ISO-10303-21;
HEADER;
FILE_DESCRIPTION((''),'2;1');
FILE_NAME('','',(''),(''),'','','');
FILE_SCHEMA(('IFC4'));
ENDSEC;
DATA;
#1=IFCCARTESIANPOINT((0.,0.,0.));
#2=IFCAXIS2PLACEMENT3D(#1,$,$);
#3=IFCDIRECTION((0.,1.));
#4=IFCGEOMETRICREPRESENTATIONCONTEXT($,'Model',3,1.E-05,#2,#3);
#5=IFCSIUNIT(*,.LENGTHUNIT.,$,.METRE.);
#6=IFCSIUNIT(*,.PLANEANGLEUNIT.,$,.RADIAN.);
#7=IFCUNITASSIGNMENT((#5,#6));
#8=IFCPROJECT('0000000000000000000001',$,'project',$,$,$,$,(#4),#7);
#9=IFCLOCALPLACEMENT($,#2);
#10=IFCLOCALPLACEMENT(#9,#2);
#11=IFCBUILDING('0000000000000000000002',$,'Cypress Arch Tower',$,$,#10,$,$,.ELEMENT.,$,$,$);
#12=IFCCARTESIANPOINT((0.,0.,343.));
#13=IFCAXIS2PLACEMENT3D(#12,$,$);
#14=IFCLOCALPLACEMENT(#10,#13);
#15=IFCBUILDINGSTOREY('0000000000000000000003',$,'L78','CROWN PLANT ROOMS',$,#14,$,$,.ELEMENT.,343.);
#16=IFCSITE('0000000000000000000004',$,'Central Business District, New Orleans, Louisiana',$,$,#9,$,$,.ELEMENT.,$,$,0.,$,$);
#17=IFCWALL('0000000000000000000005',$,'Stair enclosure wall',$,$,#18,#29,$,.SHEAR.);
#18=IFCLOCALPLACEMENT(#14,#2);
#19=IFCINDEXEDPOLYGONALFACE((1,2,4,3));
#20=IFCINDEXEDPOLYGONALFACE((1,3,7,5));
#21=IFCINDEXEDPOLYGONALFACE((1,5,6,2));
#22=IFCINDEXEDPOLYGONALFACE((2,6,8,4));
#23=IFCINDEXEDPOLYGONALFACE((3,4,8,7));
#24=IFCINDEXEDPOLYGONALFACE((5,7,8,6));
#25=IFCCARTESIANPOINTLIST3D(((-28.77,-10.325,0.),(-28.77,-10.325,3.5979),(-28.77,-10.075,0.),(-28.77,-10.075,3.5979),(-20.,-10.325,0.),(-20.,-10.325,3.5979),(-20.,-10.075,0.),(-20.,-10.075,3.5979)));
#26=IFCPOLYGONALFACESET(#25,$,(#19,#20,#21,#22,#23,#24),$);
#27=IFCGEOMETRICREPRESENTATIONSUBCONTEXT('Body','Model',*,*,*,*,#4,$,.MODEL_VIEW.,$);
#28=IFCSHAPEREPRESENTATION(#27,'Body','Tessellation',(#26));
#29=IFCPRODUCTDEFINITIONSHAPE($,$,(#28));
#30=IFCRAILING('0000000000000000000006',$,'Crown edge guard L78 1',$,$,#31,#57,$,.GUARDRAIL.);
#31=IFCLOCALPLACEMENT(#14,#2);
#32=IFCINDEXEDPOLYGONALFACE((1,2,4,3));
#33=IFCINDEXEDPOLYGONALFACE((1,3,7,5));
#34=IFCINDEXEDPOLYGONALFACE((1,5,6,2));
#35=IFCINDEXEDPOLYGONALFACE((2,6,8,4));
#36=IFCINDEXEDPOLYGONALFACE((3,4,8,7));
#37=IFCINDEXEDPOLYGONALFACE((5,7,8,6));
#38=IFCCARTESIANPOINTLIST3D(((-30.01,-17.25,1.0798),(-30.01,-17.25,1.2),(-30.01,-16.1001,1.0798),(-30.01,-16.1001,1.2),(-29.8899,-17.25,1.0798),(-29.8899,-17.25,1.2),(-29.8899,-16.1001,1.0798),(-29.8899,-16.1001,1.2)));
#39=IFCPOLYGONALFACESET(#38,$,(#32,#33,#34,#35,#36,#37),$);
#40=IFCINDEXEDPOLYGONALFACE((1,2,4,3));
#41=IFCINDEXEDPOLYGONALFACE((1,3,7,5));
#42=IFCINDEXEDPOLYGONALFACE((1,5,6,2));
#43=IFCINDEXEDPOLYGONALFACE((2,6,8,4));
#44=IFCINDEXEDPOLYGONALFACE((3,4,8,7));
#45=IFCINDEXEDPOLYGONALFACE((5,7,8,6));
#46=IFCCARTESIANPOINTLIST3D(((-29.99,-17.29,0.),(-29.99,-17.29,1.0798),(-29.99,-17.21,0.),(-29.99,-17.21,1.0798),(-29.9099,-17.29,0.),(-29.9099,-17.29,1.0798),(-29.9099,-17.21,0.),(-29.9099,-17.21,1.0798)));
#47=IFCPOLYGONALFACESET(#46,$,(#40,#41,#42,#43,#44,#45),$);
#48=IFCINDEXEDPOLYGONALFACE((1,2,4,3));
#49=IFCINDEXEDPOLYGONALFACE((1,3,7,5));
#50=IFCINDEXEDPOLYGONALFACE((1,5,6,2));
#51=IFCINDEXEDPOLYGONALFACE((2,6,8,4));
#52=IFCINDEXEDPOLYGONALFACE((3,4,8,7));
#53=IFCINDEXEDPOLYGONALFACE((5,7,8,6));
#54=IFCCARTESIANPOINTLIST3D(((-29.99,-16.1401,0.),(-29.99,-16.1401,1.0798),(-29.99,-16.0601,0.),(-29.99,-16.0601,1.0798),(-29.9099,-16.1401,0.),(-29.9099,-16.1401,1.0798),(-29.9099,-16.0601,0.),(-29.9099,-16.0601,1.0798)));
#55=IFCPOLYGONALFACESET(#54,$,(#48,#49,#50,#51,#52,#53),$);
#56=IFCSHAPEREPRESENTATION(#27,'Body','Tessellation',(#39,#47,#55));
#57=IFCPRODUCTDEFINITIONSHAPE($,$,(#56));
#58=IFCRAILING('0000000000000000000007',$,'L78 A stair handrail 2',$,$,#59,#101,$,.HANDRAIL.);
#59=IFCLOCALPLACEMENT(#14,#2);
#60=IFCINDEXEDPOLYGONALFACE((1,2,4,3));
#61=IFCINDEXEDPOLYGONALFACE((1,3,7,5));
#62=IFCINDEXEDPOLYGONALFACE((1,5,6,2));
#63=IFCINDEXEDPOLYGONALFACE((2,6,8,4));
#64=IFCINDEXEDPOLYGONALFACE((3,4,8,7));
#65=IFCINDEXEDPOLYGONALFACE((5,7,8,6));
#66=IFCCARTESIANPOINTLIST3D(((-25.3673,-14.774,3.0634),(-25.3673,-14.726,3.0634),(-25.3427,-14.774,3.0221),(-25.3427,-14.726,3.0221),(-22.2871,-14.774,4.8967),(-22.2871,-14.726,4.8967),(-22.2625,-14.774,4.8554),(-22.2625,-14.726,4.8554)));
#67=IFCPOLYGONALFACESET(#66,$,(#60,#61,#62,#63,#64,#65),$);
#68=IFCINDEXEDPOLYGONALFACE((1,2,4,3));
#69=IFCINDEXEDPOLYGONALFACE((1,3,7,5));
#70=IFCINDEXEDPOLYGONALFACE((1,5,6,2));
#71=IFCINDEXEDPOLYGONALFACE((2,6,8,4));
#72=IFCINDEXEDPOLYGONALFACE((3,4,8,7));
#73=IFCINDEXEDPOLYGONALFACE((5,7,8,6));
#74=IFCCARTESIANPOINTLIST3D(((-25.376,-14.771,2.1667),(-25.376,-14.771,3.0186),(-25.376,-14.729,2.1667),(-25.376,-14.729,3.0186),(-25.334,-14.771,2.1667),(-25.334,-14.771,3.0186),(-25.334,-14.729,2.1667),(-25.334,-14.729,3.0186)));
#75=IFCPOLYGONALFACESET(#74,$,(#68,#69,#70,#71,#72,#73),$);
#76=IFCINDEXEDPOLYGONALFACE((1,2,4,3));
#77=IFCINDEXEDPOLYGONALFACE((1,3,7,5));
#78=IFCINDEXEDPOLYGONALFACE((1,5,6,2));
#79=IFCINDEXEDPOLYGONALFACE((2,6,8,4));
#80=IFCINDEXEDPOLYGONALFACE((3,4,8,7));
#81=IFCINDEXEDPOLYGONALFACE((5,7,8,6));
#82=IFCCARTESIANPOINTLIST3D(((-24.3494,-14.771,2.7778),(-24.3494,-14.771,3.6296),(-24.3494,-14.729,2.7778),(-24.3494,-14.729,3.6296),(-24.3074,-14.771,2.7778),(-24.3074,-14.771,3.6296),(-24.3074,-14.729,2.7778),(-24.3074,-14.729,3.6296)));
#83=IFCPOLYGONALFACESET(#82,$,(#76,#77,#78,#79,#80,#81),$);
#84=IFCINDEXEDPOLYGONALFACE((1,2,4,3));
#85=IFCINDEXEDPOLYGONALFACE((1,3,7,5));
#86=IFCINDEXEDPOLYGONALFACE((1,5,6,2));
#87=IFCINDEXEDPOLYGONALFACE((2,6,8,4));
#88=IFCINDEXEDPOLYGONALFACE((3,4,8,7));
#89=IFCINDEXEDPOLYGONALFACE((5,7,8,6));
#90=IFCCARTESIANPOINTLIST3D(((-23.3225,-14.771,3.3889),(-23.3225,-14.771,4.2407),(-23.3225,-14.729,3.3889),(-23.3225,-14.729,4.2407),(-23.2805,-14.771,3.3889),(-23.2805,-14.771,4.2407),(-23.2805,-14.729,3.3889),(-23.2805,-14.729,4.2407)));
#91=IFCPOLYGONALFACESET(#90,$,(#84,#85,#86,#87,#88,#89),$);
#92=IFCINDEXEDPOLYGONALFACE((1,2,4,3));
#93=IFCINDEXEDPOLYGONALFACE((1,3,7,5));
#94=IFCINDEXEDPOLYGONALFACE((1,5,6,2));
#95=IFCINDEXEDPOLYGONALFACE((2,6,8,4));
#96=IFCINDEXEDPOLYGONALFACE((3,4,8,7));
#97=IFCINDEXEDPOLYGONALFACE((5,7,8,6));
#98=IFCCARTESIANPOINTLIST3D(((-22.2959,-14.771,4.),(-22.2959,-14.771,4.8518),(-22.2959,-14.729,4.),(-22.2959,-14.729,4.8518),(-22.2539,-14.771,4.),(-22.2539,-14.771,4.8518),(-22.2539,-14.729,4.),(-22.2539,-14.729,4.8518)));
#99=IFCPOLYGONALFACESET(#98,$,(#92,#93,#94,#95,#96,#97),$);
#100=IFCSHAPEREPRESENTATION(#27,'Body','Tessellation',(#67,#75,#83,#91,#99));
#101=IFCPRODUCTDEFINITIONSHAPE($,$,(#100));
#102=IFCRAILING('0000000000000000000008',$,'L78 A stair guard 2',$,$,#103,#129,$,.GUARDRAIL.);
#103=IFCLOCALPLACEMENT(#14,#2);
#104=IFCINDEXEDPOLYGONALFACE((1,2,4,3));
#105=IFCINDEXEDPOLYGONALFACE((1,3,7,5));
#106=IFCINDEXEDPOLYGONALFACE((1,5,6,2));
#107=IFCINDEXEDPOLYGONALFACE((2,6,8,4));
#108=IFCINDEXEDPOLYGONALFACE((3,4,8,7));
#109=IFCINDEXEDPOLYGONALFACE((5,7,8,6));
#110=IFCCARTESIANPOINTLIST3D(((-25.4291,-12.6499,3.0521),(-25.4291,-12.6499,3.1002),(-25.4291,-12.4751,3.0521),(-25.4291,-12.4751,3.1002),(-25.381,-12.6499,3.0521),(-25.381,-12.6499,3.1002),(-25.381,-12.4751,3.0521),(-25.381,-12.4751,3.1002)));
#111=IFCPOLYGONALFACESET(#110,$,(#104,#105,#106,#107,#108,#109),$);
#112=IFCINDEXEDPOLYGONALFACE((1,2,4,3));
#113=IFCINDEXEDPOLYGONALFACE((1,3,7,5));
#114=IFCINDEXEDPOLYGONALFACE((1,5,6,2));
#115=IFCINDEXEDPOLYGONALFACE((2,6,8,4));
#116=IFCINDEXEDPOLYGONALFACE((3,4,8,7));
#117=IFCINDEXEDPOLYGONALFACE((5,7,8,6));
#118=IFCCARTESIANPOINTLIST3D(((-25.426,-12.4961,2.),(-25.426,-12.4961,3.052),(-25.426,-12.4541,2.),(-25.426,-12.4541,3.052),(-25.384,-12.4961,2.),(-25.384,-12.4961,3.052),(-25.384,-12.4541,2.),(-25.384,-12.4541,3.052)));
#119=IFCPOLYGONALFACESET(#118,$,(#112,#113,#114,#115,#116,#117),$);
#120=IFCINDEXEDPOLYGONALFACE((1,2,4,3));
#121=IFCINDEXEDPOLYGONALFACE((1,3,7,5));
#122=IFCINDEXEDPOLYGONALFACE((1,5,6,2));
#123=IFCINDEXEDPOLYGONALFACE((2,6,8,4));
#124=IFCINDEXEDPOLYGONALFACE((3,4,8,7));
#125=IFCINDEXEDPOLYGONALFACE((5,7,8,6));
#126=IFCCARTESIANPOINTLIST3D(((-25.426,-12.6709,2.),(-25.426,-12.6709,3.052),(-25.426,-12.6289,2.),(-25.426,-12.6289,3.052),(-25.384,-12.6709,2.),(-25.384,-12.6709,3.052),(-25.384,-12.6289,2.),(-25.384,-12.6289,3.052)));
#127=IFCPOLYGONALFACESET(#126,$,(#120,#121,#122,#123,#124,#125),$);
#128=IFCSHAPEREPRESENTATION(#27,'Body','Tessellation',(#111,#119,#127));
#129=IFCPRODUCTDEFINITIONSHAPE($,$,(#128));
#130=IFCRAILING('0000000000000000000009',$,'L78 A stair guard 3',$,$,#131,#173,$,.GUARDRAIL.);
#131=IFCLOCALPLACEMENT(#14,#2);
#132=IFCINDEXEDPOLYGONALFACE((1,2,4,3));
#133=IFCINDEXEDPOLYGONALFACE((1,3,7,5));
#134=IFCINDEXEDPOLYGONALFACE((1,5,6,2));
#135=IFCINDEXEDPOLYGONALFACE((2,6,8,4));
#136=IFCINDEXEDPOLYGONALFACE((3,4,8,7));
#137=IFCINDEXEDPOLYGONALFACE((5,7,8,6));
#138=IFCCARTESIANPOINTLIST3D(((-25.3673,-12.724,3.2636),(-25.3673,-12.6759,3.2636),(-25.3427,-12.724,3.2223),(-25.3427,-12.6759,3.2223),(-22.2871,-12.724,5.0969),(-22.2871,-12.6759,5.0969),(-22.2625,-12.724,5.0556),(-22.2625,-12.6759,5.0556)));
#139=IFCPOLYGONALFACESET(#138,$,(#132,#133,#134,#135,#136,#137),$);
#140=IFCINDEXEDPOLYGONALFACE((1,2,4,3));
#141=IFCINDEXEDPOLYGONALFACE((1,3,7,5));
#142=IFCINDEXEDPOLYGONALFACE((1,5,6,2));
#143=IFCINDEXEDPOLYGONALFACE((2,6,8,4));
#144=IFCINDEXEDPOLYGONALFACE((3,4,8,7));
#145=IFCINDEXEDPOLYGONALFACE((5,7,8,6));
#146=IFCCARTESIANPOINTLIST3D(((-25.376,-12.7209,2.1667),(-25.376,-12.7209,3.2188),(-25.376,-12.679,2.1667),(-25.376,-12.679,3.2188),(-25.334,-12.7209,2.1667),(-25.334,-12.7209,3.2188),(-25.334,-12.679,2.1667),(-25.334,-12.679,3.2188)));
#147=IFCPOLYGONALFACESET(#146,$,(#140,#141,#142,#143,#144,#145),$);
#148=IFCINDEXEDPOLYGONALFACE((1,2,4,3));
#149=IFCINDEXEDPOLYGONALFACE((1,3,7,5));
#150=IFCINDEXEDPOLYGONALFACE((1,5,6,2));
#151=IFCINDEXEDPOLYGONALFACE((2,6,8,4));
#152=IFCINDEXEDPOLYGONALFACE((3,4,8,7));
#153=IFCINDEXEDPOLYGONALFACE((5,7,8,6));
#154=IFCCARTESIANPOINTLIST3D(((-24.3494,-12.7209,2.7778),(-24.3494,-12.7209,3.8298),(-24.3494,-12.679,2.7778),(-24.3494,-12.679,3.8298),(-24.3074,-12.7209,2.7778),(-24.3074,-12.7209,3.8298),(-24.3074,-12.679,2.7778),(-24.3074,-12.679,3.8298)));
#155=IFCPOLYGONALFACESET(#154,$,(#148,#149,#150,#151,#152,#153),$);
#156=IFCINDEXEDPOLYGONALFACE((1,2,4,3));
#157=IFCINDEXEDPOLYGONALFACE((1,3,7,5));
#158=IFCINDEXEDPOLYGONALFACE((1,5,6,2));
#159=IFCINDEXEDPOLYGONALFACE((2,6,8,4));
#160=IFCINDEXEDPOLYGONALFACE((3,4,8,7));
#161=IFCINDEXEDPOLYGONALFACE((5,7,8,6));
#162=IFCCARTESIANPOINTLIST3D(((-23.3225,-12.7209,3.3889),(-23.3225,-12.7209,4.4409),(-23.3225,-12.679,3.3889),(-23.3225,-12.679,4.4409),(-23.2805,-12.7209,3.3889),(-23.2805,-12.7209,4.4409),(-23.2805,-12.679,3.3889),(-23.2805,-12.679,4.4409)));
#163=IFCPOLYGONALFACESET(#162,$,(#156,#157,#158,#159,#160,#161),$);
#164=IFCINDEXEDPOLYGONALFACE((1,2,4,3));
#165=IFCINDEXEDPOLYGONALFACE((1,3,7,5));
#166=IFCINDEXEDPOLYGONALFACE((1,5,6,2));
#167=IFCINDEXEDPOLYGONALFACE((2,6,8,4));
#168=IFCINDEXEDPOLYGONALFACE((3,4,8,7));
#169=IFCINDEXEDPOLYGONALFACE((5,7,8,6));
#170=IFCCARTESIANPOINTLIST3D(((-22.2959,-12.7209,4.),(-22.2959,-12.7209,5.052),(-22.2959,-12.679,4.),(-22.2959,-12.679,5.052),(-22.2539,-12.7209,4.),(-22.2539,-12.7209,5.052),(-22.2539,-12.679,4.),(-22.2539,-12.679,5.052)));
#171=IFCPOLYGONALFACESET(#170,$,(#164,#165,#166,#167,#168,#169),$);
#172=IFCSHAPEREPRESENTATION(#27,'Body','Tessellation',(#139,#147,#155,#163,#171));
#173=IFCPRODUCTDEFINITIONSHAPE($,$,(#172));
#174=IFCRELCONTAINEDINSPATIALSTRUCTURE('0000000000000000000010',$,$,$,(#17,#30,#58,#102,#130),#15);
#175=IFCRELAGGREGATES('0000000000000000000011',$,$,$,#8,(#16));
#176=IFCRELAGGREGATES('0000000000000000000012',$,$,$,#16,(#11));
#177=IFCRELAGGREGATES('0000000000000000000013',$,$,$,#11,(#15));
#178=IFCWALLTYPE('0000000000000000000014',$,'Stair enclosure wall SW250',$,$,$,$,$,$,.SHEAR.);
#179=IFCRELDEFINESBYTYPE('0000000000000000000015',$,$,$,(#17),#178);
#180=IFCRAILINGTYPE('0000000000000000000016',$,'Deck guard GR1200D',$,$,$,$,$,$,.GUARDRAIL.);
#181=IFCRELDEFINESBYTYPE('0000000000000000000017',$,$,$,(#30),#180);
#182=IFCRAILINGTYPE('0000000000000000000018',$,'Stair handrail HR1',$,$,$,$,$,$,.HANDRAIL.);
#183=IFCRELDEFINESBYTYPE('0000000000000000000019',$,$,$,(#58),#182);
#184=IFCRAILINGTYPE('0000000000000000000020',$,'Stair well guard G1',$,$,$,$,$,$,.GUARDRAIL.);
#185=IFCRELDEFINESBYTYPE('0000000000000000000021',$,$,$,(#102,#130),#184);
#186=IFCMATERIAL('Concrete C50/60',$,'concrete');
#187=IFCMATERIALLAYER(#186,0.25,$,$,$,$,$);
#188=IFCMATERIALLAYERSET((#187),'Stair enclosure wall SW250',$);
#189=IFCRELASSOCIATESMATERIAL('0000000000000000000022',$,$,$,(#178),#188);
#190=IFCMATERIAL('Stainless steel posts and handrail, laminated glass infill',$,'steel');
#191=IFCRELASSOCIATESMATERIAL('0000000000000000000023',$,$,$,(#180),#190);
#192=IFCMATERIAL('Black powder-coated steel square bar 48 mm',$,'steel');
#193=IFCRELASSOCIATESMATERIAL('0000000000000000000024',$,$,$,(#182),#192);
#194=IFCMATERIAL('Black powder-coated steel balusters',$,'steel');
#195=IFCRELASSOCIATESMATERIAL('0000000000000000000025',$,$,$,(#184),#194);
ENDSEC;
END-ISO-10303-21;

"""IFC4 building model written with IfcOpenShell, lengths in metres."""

from ifc_helpers import new_model, si_unit, direction, frame, frame_2d, origin, origin_2d, place, context, subcontext, project, spatial, rectangle, extrude, material, layer, layer_set, type_object, element, save


model = new_model("IFC4")

# Units and contexts
model_context = context("Model", 3, precision=1e-05, world=origin(), true_north=direction((0.0, 1.0)))
body_context = subcontext(model_context, "Body", "Model", "MODEL_VIEW")
ifc_project = project(units=[si_unit("LENGTHUNIT", "METRE"), si_unit("PLANEANGLEUNIT", "RADIAN")], contexts=[model_context])

# Site, building, storey
site_placement = place(None, origin())
site = spatial("IfcSite", under=ifc_project, at=site_placement, Name="Central Business District, New Orleans, Louisiana", CompositionType="ELEMENT", RefElevation=0.0)
building_placement = place(site_placement, origin())
building = spatial("IfcBuilding", under=site, at=building_placement, Name="Cypress Arch Tower", CompositionType="ELEMENT")
storey_placement = place(building_placement, frame((0.0, 0.0, 343.0)))
storey = spatial("IfcBuildingStorey", under=building, at=storey_placement, Name="L78", Description="CROWN PLANT ROOMS", CompositionType="ELEMENT", Elevation=343.0)

# Wall
ifc_material_1 = material(Name="Concrete C50/60", Category="concrete")
ifc_layer_1 = layer(ifc_material_1, 0.25)
ifc_layer_set_1 = layer_set([ifc_layer_1], Name="Stair enclosure wall SW250")
wall_type_1 = type_object("IfcWallType", Name="Stair enclosure wall SW250", PredefinedType="SHEAR", material=ifc_layer_set_1)
wall_1_placement = place(storey_placement, frame((-28.77, -10.2, 0.0), z_axis=(0.0, 0.0, 1.0), x_axis=(1.0, 0.0, 0.0)))
element("IfcWall", 1, at=wall_1_placement, inside=storey, type_object=wall_type_1, Name="Stair enclosure wall", PredefinedType="SHEAR", context=body_context, shape_type="SweptSolid", body=[
    extrude(rectangle(XDim=8.77, YDim=0.25, at=frame_2d((4.385, 0.0))), origin(), (0.0, 0.0, 1.0), 3.5979),
])

# Railings
ifc_material_2 = material(Name="Stainless steel posts and handrail, laminated glass infill", Category="steel")
railing_type_1 = type_object("IfcRailingType", Name="Deck guard GR1200D", PredefinedType="GUARDRAIL", material=ifc_material_2)
railing_1_placement = place(storey_placement, frame((-29.95, -17.25, 0.0)))
element("IfcRailing", 2, at=railing_1_placement, inside=storey, type_object=railing_type_1, Name="Crown edge guard L78 1", PredefinedType="GUARDRAIL", context=body_context, shape_type="SweptSolid", body=[
    extrude(rectangle(XDim=0.1201, YDim=0.1201, at=origin_2d()), frame((0.0, 0.0, 1.1399), z_axis=(0.0, 1.0, 0.0), x_axis=(-1.0, 0.0, 0.0)), (0.0, 0.0, 1.0), 1.1499),
    extrude(rectangle(XDim=0.0801, YDim=0.0801, at=origin_2d()), origin(), (0.0, 0.0, 1.0), 1.0798),
    extrude(rectangle(XDim=0.0801, YDim=0.0801, at=origin_2d()), frame((0.0, 1.1499, 0.0)), (0.0, 0.0, 1.0), 1.0798),
])
ifc_material_3 = material(Name="Black powder-coated steel square bar 48 mm", Category="steel")
railing_type_2 = type_object("IfcRailingType", Name="Stair handrail HR1", PredefinedType="HANDRAIL", material=ifc_material_3)
railing_2_placement = place(storey_placement, frame((-25.355, -14.75, 2.1667)))
element("IfcRailing", 3, at=railing_2_placement, inside=storey, type_object=railing_type_2, Name="L78 A stair handrail 2", PredefinedType="HANDRAIL", context=body_context, shape_type="SweptSolid", body=[
    extrude(rectangle(XDim=0.0481, YDim=0.0481, at=origin_2d()), frame((0.0, 0.0, 0.876), z_axis=(0.859309, 0.0, 0.511458), x_axis=(0.0, 1.0, 0.0)), (0.0, 0.0, 1.0), 3.5845),
    extrude(rectangle(XDim=0.042, YDim=0.042, at=origin_2d()), origin(), (0.0, 0.0, 1.0), 0.8518),
    extrude(rectangle(XDim=0.042, YDim=0.042, at=origin_2d()), frame((1.0266, 0.0, 0.6111)), (0.0, 0.0, 1.0), 0.8518),
    extrude(rectangle(XDim=0.042, YDim=0.042, at=origin_2d()), frame((2.0535, 0.0, 1.2222)), (0.0, 0.0, 1.0), 0.8518),
    extrude(rectangle(XDim=0.042, YDim=0.042, at=origin_2d()), frame((3.0801, 0.0, 1.8333)), (0.0, 0.0, 1.0), 0.8518),
])
ifc_material_4 = material(Name="Black powder-coated steel balusters", Category="steel")
railing_type_3 = type_object("IfcRailingType", Name="Stair well guard G1", PredefinedType="GUARDRAIL", material=ifc_material_4)
railing_3_placement = place(storey_placement, frame((-25.405, -12.4751, 2.0)))
element("IfcRailing", 4, at=railing_3_placement, inside=storey, type_object=railing_type_3, Name="L78 A stair guard 2", PredefinedType="GUARDRAIL", context=body_context, shape_type="SweptSolid", body=[
    extrude(rectangle(XDim=0.0481, YDim=0.0481, at=origin_2d()), frame((0.0, 0.0, 1.0762), z_axis=(0.0, -1.0, 0.0), x_axis=(1.0, 0.0, 0.0)), (0.0, 0.0, 1.0), 0.1748),
    extrude(rectangle(XDim=0.042, YDim=0.042, at=origin_2d()), origin(), (0.0, 0.0, 1.0), 1.052),
    extrude(rectangle(XDim=0.042, YDim=0.042, at=origin_2d()), frame((0.0, -0.1748, 0.0)), (0.0, 0.0, 1.0), 1.052),
])
railing_4_placement = place(storey_placement, frame((-25.355, -12.7, 2.1667)))
element("IfcRailing", 5, at=railing_4_placement, inside=storey, type_object=railing_type_3, Name="L78 A stair guard 3", PredefinedType="GUARDRAIL", context=body_context, shape_type="SweptSolid", body=[
    extrude(rectangle(XDim=0.0481, YDim=0.0481, at=origin_2d()), frame((0.0, 0.0, 1.0762), z_axis=(0.859309, 0.0, 0.511458), x_axis=(0.0, 1.0, 0.0)), (0.0, 0.0, 1.0), 3.5845),
    extrude(rectangle(XDim=0.042, YDim=0.042, at=origin_2d()), origin(), (0.0, 0.0, 1.0), 1.052),
    extrude(rectangle(XDim=0.042, YDim=0.042, at=origin_2d()), frame((1.0266, 0.0, 0.6111)), (0.0, 0.0, 1.0), 1.052),
    extrude(rectangle(XDim=0.042, YDim=0.042, at=origin_2d()), frame((2.0535, 0.0, 1.2222)), (0.0, 0.0, 1.0), 1.052),
    extrude(rectangle(XDim=0.042, YDim=0.042, at=origin_2d()), frame((3.0801, 0.0, 1.8333)), (0.0, 0.0, 1.0), 1.052),
])

save(model, "model.ifc")
